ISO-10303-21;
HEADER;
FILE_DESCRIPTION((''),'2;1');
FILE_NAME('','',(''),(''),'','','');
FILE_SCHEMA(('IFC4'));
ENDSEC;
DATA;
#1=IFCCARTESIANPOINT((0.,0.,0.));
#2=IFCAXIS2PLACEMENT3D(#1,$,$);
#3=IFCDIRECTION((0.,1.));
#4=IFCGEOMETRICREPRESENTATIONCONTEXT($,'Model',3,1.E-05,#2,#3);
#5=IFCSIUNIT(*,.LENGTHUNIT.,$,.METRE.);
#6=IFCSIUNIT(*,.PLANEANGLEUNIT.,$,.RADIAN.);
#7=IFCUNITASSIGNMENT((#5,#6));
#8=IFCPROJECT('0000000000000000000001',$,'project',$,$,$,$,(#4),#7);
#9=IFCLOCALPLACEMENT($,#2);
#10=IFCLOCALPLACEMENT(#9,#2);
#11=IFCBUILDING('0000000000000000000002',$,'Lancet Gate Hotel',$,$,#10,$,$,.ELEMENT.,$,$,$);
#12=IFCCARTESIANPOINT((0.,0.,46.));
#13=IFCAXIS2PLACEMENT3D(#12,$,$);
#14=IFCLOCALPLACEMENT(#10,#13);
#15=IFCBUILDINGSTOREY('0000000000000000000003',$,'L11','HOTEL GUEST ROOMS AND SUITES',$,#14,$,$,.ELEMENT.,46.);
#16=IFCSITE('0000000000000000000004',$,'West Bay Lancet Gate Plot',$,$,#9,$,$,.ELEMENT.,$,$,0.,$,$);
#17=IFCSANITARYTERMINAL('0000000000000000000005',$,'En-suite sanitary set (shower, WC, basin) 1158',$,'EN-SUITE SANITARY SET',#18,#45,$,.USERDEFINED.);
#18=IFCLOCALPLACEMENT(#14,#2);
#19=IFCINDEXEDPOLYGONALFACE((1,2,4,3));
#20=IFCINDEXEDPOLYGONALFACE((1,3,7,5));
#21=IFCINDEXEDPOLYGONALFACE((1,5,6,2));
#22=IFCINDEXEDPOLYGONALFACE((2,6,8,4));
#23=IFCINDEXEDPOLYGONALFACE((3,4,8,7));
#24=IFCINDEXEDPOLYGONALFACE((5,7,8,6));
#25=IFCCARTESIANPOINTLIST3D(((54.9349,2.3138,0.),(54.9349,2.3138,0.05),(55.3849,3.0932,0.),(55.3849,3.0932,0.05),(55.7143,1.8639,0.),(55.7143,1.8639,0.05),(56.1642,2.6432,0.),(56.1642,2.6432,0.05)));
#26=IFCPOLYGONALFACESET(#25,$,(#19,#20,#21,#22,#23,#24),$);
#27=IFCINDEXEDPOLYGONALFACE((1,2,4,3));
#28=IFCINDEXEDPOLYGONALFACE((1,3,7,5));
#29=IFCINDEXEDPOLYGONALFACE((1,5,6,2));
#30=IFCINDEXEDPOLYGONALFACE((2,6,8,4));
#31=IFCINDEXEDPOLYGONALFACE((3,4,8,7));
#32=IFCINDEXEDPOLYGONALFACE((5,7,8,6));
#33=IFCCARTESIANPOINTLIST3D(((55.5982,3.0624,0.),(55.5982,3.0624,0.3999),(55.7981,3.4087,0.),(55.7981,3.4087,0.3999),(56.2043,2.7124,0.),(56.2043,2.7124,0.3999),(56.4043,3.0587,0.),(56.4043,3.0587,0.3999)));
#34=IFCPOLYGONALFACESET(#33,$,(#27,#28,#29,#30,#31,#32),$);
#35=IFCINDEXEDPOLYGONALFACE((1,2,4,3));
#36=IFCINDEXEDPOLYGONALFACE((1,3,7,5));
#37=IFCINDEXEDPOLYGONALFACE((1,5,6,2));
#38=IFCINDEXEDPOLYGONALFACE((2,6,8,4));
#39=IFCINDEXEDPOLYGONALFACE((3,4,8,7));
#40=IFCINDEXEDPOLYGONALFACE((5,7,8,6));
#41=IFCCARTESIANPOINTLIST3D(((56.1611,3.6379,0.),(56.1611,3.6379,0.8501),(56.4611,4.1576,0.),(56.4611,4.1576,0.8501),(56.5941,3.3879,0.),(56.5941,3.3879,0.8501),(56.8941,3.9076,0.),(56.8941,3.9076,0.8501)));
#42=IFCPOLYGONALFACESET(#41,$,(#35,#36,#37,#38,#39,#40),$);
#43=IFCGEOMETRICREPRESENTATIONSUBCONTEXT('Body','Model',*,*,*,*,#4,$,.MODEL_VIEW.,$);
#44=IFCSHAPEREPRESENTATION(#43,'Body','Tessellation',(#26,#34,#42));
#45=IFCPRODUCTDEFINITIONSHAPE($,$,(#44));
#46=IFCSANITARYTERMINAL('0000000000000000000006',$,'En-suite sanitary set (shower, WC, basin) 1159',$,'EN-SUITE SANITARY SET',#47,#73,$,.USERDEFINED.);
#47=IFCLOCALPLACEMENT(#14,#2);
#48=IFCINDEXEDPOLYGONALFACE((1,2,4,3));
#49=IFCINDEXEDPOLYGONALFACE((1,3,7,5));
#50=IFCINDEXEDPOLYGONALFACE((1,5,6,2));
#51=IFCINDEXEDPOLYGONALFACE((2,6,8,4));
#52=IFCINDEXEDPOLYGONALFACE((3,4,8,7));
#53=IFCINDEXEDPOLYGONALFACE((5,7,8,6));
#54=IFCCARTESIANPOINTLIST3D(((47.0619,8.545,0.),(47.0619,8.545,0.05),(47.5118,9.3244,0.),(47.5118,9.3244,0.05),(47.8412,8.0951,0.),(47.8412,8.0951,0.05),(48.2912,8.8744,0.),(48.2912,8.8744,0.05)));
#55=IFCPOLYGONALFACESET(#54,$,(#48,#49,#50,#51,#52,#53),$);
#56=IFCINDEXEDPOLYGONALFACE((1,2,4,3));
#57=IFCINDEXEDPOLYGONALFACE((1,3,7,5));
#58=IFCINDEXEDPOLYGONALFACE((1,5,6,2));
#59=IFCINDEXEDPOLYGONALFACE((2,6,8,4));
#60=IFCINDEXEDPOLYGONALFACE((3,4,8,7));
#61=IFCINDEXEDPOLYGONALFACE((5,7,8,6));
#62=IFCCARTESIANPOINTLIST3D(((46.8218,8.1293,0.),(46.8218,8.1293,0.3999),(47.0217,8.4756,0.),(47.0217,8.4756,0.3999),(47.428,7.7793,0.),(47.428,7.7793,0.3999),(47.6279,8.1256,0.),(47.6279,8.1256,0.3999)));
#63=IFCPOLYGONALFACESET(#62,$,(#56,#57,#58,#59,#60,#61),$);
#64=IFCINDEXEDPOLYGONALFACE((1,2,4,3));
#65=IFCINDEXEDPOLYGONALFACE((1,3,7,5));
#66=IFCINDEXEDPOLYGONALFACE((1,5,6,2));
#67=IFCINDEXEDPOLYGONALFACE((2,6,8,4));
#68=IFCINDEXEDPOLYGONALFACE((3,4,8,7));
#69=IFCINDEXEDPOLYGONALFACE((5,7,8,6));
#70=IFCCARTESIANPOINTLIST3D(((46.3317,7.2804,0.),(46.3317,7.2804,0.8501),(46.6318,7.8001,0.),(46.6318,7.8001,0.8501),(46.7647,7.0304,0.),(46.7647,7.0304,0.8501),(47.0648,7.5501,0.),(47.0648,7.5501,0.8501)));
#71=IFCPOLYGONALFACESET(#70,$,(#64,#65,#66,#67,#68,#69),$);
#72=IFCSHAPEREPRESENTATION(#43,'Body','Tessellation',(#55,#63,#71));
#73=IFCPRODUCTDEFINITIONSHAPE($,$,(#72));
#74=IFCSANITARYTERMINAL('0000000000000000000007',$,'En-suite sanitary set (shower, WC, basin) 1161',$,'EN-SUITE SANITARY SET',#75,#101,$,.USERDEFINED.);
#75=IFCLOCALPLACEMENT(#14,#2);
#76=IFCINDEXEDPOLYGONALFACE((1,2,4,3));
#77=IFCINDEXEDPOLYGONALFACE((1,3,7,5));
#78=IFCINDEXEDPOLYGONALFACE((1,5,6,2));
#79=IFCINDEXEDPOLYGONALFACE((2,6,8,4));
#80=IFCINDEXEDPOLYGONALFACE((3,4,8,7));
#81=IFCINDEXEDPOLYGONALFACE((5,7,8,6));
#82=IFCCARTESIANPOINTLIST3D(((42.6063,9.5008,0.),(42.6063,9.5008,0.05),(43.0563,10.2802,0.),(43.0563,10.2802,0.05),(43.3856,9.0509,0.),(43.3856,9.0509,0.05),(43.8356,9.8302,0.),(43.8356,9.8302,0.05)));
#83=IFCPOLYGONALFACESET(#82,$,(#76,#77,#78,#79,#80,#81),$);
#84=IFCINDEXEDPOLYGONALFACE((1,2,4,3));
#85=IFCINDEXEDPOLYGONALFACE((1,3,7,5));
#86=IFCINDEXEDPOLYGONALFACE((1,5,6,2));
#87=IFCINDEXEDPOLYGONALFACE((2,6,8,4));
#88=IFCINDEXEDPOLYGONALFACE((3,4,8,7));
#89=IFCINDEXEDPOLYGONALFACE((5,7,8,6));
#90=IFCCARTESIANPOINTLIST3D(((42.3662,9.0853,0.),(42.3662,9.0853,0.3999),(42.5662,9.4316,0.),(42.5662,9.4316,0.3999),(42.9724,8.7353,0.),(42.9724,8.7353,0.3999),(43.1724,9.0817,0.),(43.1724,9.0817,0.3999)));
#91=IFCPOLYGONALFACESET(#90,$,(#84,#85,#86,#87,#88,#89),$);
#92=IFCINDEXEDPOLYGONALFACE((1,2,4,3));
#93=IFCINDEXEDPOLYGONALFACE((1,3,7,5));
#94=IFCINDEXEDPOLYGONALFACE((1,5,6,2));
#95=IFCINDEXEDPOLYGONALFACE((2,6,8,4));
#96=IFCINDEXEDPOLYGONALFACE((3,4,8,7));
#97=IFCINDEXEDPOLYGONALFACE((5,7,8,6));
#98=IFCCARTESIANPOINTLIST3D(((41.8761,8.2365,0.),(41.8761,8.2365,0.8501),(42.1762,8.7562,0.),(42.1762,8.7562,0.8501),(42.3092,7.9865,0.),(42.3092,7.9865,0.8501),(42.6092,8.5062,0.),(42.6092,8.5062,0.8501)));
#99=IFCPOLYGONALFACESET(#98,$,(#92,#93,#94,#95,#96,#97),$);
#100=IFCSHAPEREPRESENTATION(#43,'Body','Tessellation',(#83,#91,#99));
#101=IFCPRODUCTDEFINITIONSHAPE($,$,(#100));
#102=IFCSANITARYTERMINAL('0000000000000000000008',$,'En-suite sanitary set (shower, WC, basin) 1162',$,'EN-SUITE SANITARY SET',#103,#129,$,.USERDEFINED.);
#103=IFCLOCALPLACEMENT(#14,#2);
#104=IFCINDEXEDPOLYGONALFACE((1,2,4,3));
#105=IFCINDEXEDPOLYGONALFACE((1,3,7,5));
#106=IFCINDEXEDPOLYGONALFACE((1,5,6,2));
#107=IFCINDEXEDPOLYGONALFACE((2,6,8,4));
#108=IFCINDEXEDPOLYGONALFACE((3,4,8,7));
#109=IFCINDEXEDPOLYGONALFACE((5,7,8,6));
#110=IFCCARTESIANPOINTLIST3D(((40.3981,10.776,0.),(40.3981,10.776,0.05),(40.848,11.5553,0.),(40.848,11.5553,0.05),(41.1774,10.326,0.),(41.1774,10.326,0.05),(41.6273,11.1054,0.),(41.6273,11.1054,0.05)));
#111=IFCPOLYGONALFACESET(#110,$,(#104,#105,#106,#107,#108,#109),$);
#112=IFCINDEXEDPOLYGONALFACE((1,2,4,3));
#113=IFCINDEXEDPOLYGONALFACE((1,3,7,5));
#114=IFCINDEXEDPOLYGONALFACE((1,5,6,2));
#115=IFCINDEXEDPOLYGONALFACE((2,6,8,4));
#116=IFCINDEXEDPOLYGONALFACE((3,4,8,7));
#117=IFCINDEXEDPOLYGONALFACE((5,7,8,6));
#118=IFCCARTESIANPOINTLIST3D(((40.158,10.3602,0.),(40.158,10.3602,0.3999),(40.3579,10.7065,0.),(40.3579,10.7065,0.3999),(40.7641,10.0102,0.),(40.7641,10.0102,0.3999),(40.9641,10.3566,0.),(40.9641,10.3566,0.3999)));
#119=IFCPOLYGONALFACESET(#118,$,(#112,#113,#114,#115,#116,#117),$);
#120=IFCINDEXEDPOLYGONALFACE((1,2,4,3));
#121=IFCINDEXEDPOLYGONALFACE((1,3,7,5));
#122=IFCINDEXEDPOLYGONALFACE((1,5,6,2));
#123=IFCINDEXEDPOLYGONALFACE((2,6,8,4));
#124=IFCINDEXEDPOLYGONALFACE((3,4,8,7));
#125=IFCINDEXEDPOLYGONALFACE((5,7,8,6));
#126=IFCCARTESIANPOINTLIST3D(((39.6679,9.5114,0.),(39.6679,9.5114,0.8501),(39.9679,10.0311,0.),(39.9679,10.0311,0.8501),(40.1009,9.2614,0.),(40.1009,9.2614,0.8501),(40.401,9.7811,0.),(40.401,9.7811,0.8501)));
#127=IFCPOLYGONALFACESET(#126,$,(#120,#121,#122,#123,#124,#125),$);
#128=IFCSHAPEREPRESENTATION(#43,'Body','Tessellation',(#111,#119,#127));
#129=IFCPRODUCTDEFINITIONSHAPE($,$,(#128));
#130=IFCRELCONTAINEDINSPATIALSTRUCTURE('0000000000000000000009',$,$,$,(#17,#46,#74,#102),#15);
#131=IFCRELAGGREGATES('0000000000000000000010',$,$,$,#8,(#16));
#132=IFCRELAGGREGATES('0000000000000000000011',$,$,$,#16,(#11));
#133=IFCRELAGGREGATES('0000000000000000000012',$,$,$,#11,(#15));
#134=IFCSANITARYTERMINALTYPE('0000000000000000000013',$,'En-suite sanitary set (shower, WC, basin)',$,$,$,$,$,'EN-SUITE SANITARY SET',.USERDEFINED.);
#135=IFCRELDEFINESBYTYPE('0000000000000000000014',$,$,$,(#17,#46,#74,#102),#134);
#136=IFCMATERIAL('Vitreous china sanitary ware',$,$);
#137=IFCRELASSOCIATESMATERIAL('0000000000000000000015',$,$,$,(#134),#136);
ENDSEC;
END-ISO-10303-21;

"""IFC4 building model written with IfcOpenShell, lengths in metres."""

from ifc_helpers import new_model, si_unit, direction, frame, origin, origin_2d, place, context, subcontext, project, spatial, rectangle, extrude, material, type_object, element, save


model = new_model("IFC4")

# Units and contexts
model_context = context("Model", 3, precision=1e-05, world=origin(), true_north=direction((0.0, 1.0)))
body_context = subcontext(model_context, "Body", "Model", "MODEL_VIEW")
ifc_project = project(units=[si_unit("LENGTHUNIT", "METRE"), si_unit("PLANEANGLEUNIT", "RADIAN")], contexts=[model_context])

# Site, building, storey
site_placement = place(None, origin())
site = spatial("IfcSite", under=ifc_project, at=site_placement, Name="West Bay Lancet Gate Plot", CompositionType="ELEMENT", RefElevation=0.0)
building_placement = place(site_placement, origin())
building = spatial("IfcBuilding", under=site, at=building_placement, Name="Lancet Gate Hotel", CompositionType="ELEMENT")
storey_placement = place(building_placement, frame((0.0, 0.0, 46.0)))
storey = spatial("IfcBuildingStorey", under=building, at=storey_placement, Name="L11", Description="HOTEL GUEST ROOMS AND SUITES", CompositionType="ELEMENT", Elevation=46.0)

# Sanitary terminals
ifc_material_1 = material(Name="Vitreous china sanitary ware")
sanitary_terminal_type = type_object("IfcSanitaryTerminalType", Name="En-suite sanitary set (shower, WC, basin)", ElementType="EN-SUITE SANITARY SET", PredefinedType="USERDEFINED", material=ifc_material_1)
sanitary_terminal_1_placement = place(storey_placement, frame((55.5496, 2.4785, 0.0), z_axis=(0.0, 0.0, 1.0), x_axis=(1.0, 0.0, 0.0)))
element("IfcSanitaryTerminal", 1, at=sanitary_terminal_1_placement, inside=storey, type_object=sanitary_terminal_type, Name="En-suite sanitary set (shower, WC, basin) 1158", ObjectType="EN-SUITE SANITARY SET", PredefinedType="USERDEFINED", context=body_context, shape_type="SweptSolid", body=[
    extrude(rectangle(XDim=0.8999, YDim=0.8999, at=origin_2d()), frame((0.0, 0.0, 0.0), z_axis=(0.0, 0.0, 1.0), x_axis=(-0.5, -0.866025, 0.0)), (0.0, 0.0, 1.0), 0.05),
    extrude(rectangle(XDim=0.3999, YDim=0.7, at=origin_2d()), frame((0.4517, 0.582, 0.0), z_axis=(0.0, 0.0, 1.0), x_axis=(-0.5, -0.866025, 0.0)), (0.0, 0.0, 1.0), 0.3999),
    extrude(rectangle(XDim=0.6001, YDim=0.5, at=origin_2d()), frame((0.978, 1.2942, 0.0), z_axis=(0.0, 0.0, 1.0), x_axis=(-0.5, -0.866025, 0.0)), (0.0, 0.0, 1.0), 0.8501),
])
sanitary_terminal_2_placement = place(storey_placement, frame((47.6765, 8.7097, 0.0), z_axis=(0.0, 0.0, 1.0), x_axis=(1.0, 0.0, 0.0)))
element("IfcSanitaryTerminal", 2, at=sanitary_terminal_2_placement, inside=storey, type_object=sanitary_terminal_type, Name="En-suite sanitary set (shower, WC, basin) 1159", ObjectType="EN-SUITE SANITARY SET", PredefinedType="USERDEFINED", context=body_context, shape_type="SweptSolid", body=[
    extrude(rectangle(XDim=0.8999, YDim=0.8999, at=origin_2d()), frame((0.0, 0.0, 0.0), z_axis=(0.0, 0.0, 1.0), x_axis=(0.5, 0.866025, 0.0)), (0.0, 0.0, 1.0), 0.05),
    extrude(rectangle(XDim=0.3999, YDim=0.7, at=origin_2d()), frame((-0.4517, -0.5823, 0.0), z_axis=(0.0, 0.0, 1.0), x_axis=(0.5, 0.866025, 0.0)), (0.0, 0.0, 1.0), 0.3999),
    extrude(rectangle(XDim=0.6001, YDim=0.5, at=origin_2d()), frame((-0.9783, -1.2944, 0.0), z_axis=(0.0, 0.0, 1.0), x_axis=(0.5, 0.866025, 0.0)), (0.0, 0.0, 1.0), 0.8501),
])
sanitary_terminal_3_placement = place(storey_placement, frame((43.2209, 9.6655, 0.0), z_axis=(0.0, 0.0, 1.0), x_axis=(1.0, 0.0, 0.0)))
element("IfcSanitaryTerminal", 3, at=sanitary_terminal_3_placement, inside=storey, type_object=sanitary_terminal_type, Name="En-suite sanitary set (shower, WC, basin) 1161", ObjectType="EN-SUITE SANITARY SET", PredefinedType="USERDEFINED", context=body_context, shape_type="SweptSolid", body=[
    extrude(rectangle(XDim=0.8999, YDim=0.8999, at=origin_2d()), frame((0.0, 0.0, 0.0), z_axis=(0.0, 0.0, 1.0), x_axis=(0.5, 0.866025, 0.0)), (0.0, 0.0, 1.0), 0.05),
    extrude(rectangle(XDim=0.3999, YDim=0.7, at=origin_2d()), frame((-0.4517, -0.582, 0.0), z_axis=(0.0, 0.0, 1.0), x_axis=(0.5, 0.866025, 0.0)), (0.0, 0.0, 1.0), 0.3999),
    extrude(rectangle(XDim=0.6001, YDim=0.5, at=origin_2d()), frame((-0.9783, -1.2942, 0.0), z_axis=(0.0, 0.0, 1.0), x_axis=(0.5, 0.866025, 0.0)), (0.0, 0.0, 1.0), 0.8501),
])
sanitary_terminal_4_placement = place(storey_placement, frame((41.0127, 10.9407, 0.0), z_axis=(0.0, 0.0, 1.0), x_axis=(1.0, 0.0, 0.0)))
element("IfcSanitaryTerminal", 4, at=sanitary_terminal_4_placement, inside=storey, type_object=sanitary_terminal_type, Name="En-suite sanitary set (shower, WC, basin) 1162", ObjectType="EN-SUITE SANITARY SET", PredefinedType="USERDEFINED", context=body_context, shape_type="SweptSolid", body=[
    extrude(rectangle(XDim=0.8999, YDim=0.8999, at=origin_2d()), frame((0.0, 0.0, 0.0), z_axis=(0.0, 0.0, 1.0), x_axis=(0.5, 0.866025, 0.0)), (0.0, 0.0, 1.0), 0.05),
    extrude(rectangle(XDim=0.3999, YDim=0.7, at=origin_2d()), frame((-0.4517, -0.5823, 0.0), z_axis=(0.0, 0.0, 1.0), x_axis=(0.5, 0.866025, 0.0)), (0.0, 0.0, 1.0), 0.3999),
    extrude(rectangle(XDim=0.6001, YDim=0.5, at=origin_2d()), frame((-0.9783, -1.2944, 0.0), z_axis=(0.0, 0.0, 1.0), x_axis=(0.5, 0.866025, 0.0)), (0.0, 0.0, 1.0), 0.8501),
])

save(model, "model.ifc")
